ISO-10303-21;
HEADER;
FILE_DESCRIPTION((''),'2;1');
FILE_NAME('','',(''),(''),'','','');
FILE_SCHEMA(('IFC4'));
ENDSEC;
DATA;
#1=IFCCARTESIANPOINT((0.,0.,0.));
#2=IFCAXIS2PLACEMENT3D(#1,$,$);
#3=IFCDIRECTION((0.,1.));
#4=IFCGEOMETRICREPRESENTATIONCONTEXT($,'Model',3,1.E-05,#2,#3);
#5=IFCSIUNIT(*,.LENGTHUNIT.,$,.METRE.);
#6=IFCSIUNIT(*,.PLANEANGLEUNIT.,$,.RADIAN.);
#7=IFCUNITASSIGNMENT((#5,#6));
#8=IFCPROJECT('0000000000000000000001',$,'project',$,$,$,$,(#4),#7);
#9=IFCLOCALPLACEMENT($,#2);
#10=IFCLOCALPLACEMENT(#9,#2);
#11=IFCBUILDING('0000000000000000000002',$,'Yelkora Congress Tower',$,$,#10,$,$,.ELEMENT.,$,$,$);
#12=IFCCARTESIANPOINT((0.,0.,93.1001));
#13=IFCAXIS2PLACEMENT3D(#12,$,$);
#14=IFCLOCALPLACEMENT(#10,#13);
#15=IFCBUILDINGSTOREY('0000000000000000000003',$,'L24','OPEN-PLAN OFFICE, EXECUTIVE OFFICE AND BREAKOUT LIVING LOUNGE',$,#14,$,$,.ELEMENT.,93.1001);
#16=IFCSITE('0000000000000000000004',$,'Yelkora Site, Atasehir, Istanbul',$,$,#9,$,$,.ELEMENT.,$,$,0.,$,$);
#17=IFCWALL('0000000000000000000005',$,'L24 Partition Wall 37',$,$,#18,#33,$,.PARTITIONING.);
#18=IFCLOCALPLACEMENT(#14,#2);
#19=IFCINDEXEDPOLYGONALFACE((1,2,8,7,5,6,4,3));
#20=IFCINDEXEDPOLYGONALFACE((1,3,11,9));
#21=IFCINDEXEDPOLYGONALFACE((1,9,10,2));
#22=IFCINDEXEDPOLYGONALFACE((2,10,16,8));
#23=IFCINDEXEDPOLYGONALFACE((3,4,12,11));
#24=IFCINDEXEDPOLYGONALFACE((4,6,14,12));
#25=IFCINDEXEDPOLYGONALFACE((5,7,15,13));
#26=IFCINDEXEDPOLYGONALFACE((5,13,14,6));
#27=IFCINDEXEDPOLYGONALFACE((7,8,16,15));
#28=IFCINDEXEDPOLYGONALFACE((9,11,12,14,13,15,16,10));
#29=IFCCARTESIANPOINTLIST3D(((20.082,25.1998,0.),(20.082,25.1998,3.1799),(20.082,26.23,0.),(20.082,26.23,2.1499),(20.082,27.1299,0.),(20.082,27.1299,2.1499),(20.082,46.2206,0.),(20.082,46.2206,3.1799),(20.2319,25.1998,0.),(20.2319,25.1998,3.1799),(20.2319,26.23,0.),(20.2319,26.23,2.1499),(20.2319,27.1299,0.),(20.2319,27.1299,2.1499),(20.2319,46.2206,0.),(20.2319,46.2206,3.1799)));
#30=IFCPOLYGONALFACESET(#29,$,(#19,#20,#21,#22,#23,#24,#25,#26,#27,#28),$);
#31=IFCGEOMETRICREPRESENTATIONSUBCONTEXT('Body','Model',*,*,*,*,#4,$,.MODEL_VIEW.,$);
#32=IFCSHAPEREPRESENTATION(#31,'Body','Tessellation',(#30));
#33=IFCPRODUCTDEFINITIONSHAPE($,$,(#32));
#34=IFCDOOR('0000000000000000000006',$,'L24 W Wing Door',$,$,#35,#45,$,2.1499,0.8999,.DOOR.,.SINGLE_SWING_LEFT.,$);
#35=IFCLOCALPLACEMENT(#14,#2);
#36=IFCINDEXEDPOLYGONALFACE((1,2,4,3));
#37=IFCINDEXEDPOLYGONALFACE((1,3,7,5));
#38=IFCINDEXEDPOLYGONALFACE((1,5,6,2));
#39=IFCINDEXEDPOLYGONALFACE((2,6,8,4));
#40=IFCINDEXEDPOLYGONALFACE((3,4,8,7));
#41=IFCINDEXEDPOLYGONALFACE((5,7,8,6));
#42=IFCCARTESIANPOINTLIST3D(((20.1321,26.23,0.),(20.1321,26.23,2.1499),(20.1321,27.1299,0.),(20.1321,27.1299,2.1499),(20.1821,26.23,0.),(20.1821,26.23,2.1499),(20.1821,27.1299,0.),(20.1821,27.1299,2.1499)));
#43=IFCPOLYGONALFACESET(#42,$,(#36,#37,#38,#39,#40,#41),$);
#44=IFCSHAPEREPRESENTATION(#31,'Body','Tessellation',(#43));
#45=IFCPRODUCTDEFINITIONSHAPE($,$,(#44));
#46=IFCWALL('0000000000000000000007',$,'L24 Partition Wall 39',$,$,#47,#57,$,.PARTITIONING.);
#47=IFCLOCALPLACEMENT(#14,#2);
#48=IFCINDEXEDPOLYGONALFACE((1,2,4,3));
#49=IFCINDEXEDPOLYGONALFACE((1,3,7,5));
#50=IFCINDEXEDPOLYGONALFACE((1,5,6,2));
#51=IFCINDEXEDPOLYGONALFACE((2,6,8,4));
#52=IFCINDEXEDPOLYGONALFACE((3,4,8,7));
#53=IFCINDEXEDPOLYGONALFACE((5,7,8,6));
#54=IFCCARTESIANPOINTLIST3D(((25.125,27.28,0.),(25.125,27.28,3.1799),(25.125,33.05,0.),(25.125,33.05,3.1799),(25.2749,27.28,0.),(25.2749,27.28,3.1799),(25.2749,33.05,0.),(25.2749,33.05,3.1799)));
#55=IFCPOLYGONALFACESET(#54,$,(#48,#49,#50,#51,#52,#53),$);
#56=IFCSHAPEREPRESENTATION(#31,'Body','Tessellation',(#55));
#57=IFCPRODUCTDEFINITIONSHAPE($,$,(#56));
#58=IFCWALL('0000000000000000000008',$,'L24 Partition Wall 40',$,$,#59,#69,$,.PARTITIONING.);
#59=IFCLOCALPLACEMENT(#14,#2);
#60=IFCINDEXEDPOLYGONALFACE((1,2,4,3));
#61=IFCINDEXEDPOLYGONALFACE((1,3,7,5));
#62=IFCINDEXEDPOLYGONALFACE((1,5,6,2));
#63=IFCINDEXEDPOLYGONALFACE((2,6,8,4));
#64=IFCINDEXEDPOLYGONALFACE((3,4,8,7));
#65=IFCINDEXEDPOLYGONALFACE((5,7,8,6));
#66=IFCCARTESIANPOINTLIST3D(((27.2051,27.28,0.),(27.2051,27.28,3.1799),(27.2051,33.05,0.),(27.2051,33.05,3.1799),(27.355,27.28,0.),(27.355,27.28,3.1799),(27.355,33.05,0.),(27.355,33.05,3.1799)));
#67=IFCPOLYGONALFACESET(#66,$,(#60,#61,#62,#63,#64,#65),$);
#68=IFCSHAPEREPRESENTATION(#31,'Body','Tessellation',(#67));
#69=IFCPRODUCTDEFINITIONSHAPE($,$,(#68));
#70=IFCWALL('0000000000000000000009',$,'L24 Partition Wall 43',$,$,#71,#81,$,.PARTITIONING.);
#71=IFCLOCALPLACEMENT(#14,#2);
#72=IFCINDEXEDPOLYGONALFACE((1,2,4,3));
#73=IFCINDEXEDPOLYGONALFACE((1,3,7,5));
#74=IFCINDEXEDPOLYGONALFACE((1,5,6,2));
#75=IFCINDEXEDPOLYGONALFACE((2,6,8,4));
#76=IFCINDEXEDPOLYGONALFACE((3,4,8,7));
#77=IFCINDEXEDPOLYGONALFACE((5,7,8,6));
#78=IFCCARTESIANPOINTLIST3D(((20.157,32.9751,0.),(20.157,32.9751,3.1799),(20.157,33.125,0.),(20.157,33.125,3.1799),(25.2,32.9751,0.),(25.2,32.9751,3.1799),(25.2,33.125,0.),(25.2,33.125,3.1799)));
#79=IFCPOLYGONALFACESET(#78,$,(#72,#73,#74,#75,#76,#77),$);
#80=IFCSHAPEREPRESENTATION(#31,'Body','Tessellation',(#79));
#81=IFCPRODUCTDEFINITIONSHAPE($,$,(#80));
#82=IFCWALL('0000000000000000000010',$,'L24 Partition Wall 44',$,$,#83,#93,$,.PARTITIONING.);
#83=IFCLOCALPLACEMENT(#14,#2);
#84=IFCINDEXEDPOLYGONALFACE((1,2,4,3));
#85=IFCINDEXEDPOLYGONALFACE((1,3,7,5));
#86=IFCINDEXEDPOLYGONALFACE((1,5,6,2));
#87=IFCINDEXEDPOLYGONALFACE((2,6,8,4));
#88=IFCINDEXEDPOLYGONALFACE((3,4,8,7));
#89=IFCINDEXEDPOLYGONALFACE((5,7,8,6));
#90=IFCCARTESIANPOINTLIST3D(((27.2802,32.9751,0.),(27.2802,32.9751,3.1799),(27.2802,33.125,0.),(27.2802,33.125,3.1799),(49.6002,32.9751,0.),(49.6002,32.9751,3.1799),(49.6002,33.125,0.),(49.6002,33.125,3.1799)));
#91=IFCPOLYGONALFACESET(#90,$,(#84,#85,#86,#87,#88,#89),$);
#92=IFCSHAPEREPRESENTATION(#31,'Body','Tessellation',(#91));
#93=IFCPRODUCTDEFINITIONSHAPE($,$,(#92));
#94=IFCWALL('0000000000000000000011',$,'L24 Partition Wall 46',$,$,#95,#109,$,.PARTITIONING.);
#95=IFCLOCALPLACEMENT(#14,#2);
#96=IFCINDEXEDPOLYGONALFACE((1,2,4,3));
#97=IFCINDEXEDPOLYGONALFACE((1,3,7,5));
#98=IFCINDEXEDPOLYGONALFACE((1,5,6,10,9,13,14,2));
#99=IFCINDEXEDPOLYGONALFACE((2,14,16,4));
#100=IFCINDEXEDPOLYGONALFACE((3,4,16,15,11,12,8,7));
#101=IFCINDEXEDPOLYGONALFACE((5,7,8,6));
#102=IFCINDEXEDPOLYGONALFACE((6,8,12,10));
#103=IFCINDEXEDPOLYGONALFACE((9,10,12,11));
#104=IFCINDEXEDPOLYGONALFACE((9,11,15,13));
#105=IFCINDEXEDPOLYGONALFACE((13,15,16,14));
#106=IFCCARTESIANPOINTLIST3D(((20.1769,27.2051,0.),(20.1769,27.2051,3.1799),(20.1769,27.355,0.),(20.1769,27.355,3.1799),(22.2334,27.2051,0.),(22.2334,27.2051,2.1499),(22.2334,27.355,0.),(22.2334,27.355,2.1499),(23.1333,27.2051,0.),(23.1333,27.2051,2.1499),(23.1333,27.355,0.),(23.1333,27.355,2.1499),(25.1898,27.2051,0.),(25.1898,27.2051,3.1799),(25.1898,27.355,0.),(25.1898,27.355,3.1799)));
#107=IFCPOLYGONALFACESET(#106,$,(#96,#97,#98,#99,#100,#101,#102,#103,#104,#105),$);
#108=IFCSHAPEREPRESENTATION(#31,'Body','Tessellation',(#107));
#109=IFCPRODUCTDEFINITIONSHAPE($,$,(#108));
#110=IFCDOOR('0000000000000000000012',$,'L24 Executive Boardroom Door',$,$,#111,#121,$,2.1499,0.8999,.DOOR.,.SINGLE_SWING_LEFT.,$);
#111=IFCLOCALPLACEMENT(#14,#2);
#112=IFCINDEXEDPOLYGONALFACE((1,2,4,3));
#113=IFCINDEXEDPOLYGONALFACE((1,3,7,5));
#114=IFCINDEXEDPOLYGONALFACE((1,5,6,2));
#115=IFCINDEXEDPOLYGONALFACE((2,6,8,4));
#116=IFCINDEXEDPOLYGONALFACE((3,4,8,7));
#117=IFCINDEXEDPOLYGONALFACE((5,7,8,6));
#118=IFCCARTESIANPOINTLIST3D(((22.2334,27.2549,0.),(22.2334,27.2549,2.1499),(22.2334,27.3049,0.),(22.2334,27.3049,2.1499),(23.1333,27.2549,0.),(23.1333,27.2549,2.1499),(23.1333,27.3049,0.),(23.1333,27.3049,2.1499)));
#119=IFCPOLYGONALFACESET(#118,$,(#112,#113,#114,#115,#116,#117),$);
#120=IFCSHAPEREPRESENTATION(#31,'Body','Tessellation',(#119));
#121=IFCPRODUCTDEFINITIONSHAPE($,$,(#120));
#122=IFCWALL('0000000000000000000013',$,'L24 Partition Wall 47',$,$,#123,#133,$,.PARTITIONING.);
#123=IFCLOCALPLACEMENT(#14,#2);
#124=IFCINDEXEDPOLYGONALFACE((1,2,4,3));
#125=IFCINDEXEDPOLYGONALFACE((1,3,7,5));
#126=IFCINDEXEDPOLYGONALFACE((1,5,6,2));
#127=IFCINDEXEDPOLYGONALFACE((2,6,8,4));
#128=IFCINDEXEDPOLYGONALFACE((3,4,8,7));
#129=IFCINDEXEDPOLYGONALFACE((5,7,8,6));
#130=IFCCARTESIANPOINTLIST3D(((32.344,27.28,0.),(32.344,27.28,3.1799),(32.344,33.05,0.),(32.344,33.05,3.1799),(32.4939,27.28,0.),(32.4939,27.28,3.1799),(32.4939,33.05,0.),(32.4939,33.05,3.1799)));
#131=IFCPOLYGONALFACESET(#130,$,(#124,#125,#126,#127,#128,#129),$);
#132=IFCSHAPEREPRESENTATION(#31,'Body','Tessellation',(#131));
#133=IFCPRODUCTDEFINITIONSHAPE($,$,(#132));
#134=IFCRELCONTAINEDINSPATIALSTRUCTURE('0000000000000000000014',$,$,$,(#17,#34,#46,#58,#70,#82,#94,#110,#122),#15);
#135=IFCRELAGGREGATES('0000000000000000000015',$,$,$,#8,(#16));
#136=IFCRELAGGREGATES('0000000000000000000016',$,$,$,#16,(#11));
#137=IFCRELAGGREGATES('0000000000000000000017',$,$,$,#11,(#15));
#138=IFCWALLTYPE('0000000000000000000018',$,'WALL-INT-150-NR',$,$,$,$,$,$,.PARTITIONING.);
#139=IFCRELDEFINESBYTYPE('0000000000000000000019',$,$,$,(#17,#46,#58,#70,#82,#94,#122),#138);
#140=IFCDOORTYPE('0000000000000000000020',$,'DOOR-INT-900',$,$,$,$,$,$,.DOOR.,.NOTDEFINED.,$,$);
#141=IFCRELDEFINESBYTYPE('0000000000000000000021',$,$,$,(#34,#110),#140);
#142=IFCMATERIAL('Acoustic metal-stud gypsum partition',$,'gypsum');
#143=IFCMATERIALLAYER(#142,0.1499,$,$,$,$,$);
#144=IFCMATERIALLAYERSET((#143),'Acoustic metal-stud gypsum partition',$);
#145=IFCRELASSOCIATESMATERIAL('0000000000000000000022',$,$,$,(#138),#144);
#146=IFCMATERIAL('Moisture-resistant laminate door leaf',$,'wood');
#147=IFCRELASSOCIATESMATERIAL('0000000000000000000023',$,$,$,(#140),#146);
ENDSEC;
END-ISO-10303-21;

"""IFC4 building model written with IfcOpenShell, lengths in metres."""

from ifc_helpers import new_model, si_unit, direction, frame, frame_2d, origin, place, context, subcontext, project, spatial, rectangle, extrude, material, layer, layer_set, type_object, element, fill, save


model = new_model("IFC4")

# Units and contexts
model_context = context("Model", 3, precision=1e-05, world=origin(), true_north=direction((0.0, 1.0)))
body_context = subcontext(model_context, "Body", "Model", "MODEL_VIEW")
ifc_project = project(units=[si_unit("LENGTHUNIT", "METRE"), si_unit("PLANEANGLEUNIT", "RADIAN")], contexts=[model_context])

# Site, building, storey
site_placement = place(None, origin())
site = spatial("IfcSite", under=ifc_project, at=site_placement, Name="Yelkora Site, Atasehir, Istanbul", CompositionType="ELEMENT", RefElevation=0.0)
building_placement = place(site_placement, origin())
building = spatial("IfcBuilding", under=site, at=building_placement, Name="Yelkora Congress Tower", CompositionType="ELEMENT")
storey_placement = place(building_placement, frame((0.0, 0.0, 93.1001)))
storey = spatial("IfcBuildingStorey", under=building, at=storey_placement, Name="L24", Description="OPEN-PLAN OFFICE, EXECUTIVE OFFICE AND BREAKOUT LIVING LOUNGE", CompositionType="ELEMENT", Elevation=93.1001)

# Wall, opening, door
ifc_material_1 = material(Name="Acoustic metal-stud gypsum partition", Category="gypsum")
ifc_layer = layer(ifc_material_1, 0.1499)
ifc_layer_set = layer_set([ifc_layer], Name="Acoustic metal-stud gypsum partition")
wall_type = type_object("IfcWallType", Name="WALL-INT-150-NR", PredefinedType="PARTITIONING", material=ifc_layer_set)
wall_1_placement = place(storey_placement, frame((20.157, 25.2, 0.0), z_axis=(0.0, 0.0, 1.0), x_axis=(0.0, 1.0, 0.0)))
wall_1 = element("IfcWall", 1, at=wall_1_placement, inside=storey, type_object=wall_type, Name="L24 Partition Wall 37", PredefinedType="PARTITIONING", context=body_context, shape_type="SweptSolid", body=[
    extrude(rectangle(XDim=21.0208, YDim=0.1499, at=frame_2d((10.5103, 0.0))), origin(), (0.0, 0.0, 1.0), 3.1799),
])
opening_1_placement = place(wall_1_placement, frame((1.03, 0.0, 0.0)))
opening_1 = element("IfcOpeningElement", 2, at=opening_1_placement, cuts=wall_1, PredefinedType="OPENING", context=body_context, shape_type="SweptSolid", body=[
    extrude(rectangle(XDim=0.8999, YDim=2.1499, at=frame_2d((0.45, 1.075))), frame((0.0, 0.085, 0.0), z_axis=(0.0, -1.0, 0.0), x_axis=(1.0, 0.0, 0.0)), (0.0, 0.0, 1.0), 0.1699),
])
ifc_material_2 = material(Name="Moisture-resistant laminate door leaf", Category="wood")
door_type = type_object("IfcDoorType", Name="DOOR-INT-900", OperationType="NOTDEFINED", PredefinedType="DOOR", material=ifc_material_2)
door_1_placement = place(opening_1_placement, origin())
door_1 = element("IfcDoor", 3, at=door_1_placement, inside=storey, type_object=door_type, Name="L24 W Wing Door", OperationType="SINGLE_SWING_LEFT", OverallHeight=2.1499, OverallWidth=0.8999, PredefinedType="DOOR", context=body_context, shape_type="SweptSolid", body=[
    extrude(rectangle(XDim=0.8999, YDim=2.1499, at=frame_2d((0.45, 1.075))), frame((0.0, 0.0249, 0.0), z_axis=(0.0, -1.0, 0.0), x_axis=(1.0, 0.0, 0.0)), (0.0, 0.0, 1.0), 0.05),
])
fill(opening_1, door_1)

# Walls
for number, where, z_axis, x_axis, name in (
    (4, (25.2, 27.28, 0.0), (0.0, 0.0, 1.0), (0.0, 1.0, 0.0), "L24 Partition Wall 39"),
    (5, (27.28, 27.28, 0.0), (0.0, 0.0, 1.0), (0.0, 1.0, 0.0), "L24 Partition Wall 40"),
):
    element("IfcWall", number, at=place(storey_placement, frame(where, z_axis=z_axis, x_axis=x_axis)), inside=storey, type_object=wall_type, Name=name, PredefinedType="PARTITIONING", context=body_context, shape_type="SweptSolid", body=[
        extrude(rectangle(XDim=5.77, YDim=0.1499, at=frame_2d((2.885, 0.0))), origin(), (0.0, 0.0, 1.0), 3.1799),
    ])
wall_2_placement = place(storey_placement, frame((20.157, 33.05, 0.0), z_axis=(0.0, 0.0, 1.0), x_axis=(1.0, 0.0, 0.0)))
element("IfcWall", 6, at=wall_2_placement, inside=storey, type_object=wall_type, Name="L24 Partition Wall 43", PredefinedType="PARTITIONING", context=body_context, shape_type="SweptSolid", body=[
    extrude(rectangle(XDim=5.043, YDim=0.1499, at=frame_2d((2.5215, 0.0))), origin(), (0.0, 0.0, 1.0), 3.1799),
])
wall_3_placement = place(storey_placement, frame((27.28, 33.05, 0.0), z_axis=(0.0, 0.0, 1.0), x_axis=(1.0, 0.0, 0.0)))
element("IfcWall", 7, at=wall_3_placement, inside=storey, type_object=wall_type, Name="L24 Partition Wall 44", PredefinedType="PARTITIONING", context=body_context, shape_type="SweptSolid", body=[
    extrude(rectangle(XDim=22.3201, YDim=0.1499, at=frame_2d((11.1602, 0.0))), origin(), (0.0, 0.0, 1.0), 3.1799),
])

# Wall, opening, door
wall_4_placement = place(storey_placement, frame((20.177, 27.28, 0.0), z_axis=(0.0, 0.0, 1.0), x_axis=(1.0, 0.0, 0.0)))
wall_4 = element("IfcWall", 8, at=wall_4_placement, inside=storey, type_object=wall_type, Name="L24 Partition Wall 46", PredefinedType="PARTITIONING", context=body_context, shape_type="SweptSolid", body=[
    extrude(rectangle(XDim=5.0129, YDim=0.1499, at=frame_2d((2.5063, 0.0))), origin(), (0.0, 0.0, 1.0), 3.1799),
])
opening_2_placement = place(wall_4_placement, frame((2.0564, 0.0, 0.0)))
opening_2 = element("IfcOpeningElement", 9, at=opening_2_placement, cuts=wall_4, PredefinedType="OPENING", context=body_context, shape_type="SweptSolid", body=[
    extrude(rectangle(XDim=0.8999, YDim=2.1499, at=frame_2d((0.45, 1.075))), frame((0.0, 0.085, 0.0), z_axis=(0.0, -1.0, 0.0), x_axis=(1.0, 0.0, 0.0)), (0.0, 0.0, 1.0), 0.1699),
])
door_2_placement = place(opening_2_placement, origin())
door_2 = element("IfcDoor", 10, at=door_2_placement, inside=storey, type_object=door_type, Name="L24 Executive Boardroom Door", OperationType="SINGLE_SWING_LEFT", OverallHeight=2.1499, OverallWidth=0.8999, PredefinedType="DOOR", context=body_context, shape_type="SweptSolid", body=[
    extrude(rectangle(XDim=0.8999, YDim=2.1499, at=frame_2d((0.45, 1.075))), frame((0.0, 0.0249, 0.0), z_axis=(0.0, -1.0, 0.0), x_axis=(1.0, 0.0, 0.0)), (0.0, 0.0, 1.0), 0.05),
])
fill(opening_2, door_2)

# Wall
wall_5_placement = place(storey_placement, frame((32.4189, 27.28, 0.0), z_axis=(0.0, 0.0, 1.0), x_axis=(0.0, 1.0, 0.0)))
element("IfcWall", 11, at=wall_5_placement, inside=storey, type_object=wall_type, Name="L24 Partition Wall 47", PredefinedType="PARTITIONING", context=body_context, shape_type="SweptSolid", body=[
    extrude(rectangle(XDim=5.77, YDim=0.1499, at=frame_2d((2.885, 0.0))), origin(), (0.0, 0.0, 1.0), 3.1799),
])

save(model, "model.ifc")
